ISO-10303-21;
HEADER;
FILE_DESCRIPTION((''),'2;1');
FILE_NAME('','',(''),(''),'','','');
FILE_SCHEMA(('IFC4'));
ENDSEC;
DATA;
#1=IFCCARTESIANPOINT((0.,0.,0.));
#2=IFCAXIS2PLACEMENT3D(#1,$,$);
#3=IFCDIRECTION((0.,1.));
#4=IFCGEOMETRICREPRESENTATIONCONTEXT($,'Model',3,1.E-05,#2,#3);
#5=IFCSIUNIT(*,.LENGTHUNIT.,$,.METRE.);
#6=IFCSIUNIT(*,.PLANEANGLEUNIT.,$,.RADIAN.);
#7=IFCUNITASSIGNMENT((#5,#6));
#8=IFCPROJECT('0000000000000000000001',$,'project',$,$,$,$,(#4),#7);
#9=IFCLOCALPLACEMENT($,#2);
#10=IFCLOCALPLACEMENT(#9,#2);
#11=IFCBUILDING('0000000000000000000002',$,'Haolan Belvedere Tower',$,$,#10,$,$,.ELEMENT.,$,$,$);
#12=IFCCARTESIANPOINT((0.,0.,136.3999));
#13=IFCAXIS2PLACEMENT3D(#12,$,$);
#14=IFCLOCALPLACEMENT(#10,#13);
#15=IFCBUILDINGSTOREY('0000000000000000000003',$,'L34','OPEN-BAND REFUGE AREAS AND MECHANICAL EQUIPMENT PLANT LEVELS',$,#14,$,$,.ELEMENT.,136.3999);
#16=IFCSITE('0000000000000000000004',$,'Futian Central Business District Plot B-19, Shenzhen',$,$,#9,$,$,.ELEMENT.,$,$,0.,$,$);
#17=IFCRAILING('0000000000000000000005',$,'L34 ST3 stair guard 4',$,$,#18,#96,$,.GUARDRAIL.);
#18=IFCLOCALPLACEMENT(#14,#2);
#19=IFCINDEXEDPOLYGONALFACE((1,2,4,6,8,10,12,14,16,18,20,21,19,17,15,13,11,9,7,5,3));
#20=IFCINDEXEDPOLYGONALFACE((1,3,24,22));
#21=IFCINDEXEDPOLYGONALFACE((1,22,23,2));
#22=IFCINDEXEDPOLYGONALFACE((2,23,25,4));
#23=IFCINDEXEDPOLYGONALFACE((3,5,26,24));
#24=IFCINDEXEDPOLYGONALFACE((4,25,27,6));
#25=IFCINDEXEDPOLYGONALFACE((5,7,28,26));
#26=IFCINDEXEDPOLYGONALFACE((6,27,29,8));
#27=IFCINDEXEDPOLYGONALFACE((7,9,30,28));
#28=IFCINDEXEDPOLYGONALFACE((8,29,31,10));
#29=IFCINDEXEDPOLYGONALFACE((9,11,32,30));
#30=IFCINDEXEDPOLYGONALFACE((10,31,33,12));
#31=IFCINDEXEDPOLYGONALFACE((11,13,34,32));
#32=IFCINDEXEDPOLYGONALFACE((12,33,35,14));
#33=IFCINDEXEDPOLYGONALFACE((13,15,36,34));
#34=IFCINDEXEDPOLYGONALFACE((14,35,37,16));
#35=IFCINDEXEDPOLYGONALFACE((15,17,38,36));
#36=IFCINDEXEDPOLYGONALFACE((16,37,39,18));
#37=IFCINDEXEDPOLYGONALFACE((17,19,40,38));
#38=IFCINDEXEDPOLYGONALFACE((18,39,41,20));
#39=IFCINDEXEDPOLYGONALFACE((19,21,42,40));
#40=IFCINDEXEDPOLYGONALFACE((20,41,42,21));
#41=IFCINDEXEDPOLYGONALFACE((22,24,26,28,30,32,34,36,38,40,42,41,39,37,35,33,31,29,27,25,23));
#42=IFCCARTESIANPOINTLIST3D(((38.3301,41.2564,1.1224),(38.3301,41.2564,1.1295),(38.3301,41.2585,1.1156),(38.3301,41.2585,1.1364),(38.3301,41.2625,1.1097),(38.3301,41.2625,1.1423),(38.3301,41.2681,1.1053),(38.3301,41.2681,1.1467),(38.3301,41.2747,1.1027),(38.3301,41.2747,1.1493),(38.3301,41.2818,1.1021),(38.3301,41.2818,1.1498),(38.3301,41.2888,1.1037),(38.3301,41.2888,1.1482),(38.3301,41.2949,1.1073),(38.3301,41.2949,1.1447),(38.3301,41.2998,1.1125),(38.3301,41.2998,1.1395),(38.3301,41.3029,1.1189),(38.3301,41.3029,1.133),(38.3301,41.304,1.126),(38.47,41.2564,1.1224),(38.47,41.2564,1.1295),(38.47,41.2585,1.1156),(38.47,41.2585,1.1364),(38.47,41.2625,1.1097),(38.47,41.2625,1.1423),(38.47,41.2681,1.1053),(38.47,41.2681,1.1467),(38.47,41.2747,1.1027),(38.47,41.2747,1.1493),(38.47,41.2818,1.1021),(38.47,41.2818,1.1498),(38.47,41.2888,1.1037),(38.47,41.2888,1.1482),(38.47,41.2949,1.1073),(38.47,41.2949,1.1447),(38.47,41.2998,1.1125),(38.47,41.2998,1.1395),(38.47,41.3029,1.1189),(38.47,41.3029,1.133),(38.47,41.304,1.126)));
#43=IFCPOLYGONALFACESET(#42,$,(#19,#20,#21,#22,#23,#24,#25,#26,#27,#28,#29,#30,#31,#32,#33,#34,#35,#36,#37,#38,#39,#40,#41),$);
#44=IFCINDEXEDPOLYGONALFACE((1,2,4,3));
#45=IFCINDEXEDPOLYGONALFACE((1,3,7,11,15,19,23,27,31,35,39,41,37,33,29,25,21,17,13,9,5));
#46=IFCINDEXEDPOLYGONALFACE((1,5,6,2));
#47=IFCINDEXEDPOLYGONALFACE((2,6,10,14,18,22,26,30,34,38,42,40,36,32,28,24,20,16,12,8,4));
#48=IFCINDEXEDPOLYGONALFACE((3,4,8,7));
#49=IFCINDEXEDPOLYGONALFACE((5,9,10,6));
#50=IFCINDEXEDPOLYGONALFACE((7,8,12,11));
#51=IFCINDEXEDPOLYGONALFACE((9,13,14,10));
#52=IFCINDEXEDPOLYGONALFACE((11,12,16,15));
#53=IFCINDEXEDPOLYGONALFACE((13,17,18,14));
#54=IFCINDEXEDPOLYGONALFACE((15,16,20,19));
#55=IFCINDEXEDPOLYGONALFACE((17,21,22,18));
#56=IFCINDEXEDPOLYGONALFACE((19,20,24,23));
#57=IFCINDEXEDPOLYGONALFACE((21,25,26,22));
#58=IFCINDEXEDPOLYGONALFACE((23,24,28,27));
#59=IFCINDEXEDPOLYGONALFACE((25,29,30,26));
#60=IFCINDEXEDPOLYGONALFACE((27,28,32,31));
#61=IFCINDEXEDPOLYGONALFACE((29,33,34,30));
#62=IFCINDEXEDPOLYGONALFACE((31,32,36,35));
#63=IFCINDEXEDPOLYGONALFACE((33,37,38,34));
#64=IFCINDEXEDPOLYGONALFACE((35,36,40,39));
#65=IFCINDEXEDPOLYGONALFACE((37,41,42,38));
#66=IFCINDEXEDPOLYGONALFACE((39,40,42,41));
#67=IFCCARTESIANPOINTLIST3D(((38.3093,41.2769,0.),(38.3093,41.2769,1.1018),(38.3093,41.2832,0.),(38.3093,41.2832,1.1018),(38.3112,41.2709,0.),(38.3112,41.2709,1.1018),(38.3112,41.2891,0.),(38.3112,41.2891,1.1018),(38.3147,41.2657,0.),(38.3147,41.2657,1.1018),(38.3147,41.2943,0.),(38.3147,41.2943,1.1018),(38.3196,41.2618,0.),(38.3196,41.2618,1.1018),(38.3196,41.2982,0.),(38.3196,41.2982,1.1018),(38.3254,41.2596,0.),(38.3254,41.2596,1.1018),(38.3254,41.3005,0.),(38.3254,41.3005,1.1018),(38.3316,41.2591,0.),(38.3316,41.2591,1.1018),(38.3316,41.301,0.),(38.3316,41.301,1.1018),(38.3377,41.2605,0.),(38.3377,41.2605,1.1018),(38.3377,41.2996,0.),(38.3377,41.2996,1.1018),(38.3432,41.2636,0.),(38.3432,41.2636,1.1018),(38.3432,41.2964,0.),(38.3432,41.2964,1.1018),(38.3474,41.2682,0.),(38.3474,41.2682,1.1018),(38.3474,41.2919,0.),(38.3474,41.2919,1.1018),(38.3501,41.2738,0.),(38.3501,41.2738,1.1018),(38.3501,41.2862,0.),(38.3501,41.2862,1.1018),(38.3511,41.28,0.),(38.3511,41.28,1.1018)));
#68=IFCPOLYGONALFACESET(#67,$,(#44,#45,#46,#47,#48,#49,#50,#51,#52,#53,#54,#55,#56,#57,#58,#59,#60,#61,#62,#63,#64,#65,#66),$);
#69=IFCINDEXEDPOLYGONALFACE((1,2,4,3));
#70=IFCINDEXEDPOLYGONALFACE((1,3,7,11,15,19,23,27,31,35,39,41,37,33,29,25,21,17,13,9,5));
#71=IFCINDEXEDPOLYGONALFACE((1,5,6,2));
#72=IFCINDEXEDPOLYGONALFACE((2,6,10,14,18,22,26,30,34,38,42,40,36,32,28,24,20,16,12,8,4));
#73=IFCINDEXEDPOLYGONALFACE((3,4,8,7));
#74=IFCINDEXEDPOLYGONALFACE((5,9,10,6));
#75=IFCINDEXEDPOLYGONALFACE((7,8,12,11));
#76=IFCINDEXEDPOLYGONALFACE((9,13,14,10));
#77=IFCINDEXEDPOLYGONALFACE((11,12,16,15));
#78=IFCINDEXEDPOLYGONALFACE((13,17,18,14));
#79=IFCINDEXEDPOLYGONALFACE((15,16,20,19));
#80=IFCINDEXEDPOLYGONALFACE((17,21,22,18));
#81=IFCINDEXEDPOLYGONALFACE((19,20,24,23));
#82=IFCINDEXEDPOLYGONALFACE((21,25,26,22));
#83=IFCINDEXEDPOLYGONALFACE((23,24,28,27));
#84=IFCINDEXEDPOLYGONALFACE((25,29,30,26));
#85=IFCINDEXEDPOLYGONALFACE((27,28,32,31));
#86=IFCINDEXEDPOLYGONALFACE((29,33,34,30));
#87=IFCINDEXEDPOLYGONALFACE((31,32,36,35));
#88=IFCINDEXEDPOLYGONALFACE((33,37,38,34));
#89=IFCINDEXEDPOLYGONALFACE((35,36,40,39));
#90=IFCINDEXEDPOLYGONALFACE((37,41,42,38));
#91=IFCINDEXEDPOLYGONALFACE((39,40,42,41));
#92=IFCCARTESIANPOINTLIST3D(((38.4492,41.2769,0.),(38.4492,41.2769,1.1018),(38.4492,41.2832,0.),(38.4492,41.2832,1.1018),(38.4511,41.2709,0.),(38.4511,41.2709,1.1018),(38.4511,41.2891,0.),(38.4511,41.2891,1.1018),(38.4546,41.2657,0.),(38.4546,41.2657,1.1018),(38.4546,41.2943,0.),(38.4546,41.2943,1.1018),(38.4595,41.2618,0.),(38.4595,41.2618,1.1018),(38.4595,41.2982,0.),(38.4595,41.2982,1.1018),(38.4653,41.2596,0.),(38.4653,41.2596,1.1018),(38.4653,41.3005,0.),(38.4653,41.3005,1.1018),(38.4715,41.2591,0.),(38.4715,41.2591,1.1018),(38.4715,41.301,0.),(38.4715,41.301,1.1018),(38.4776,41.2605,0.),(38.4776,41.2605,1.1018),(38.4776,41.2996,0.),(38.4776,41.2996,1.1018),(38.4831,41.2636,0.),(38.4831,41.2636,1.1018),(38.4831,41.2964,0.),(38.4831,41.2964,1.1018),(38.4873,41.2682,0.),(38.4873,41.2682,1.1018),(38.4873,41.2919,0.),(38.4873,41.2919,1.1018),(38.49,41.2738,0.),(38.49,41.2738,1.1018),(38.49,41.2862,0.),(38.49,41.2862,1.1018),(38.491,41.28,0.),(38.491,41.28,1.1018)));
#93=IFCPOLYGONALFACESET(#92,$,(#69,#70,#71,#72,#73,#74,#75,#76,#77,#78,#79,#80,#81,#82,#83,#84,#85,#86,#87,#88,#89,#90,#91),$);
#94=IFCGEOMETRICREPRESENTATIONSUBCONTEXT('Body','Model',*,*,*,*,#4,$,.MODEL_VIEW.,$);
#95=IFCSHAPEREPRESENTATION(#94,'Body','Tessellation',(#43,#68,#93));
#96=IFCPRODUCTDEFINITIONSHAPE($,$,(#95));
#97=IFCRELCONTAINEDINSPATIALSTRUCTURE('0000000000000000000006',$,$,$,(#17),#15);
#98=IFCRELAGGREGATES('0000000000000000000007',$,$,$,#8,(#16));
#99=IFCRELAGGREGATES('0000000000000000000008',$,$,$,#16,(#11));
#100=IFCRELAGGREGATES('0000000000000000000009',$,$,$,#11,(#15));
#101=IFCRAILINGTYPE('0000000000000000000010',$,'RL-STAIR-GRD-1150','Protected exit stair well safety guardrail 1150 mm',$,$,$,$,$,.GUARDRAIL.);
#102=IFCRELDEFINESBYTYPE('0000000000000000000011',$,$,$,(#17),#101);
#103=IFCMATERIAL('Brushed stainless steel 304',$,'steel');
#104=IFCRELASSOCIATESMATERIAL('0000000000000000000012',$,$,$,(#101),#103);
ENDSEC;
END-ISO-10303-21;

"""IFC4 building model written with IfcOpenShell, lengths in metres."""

from ifc_helpers import new_model, si_unit, direction, frame, origin, origin_2d, place, context, subcontext, project, spatial, circle, extrude, material, type_object, element, save


model = new_model("IFC4")

# Units and contexts
model_context = context("Model", 3, precision=1e-05, world=origin(), true_north=direction((0.0, 1.0)))
body_context = subcontext(model_context, "Body", "Model", "MODEL_VIEW")
ifc_project = project(units=[si_unit("LENGTHUNIT", "METRE"), si_unit("PLANEANGLEUNIT", "RADIAN")], contexts=[model_context])

# Site, building, storey
site_placement = place(None, origin())
site = spatial("IfcSite", under=ifc_project, at=site_placement, Name="Futian Central Business District Plot B-19, Shenzhen", CompositionType="ELEMENT", RefElevation=0.0)
building_placement = place(site_placement, origin())
building = spatial("IfcBuilding", under=site, at=building_placement, Name="Haolan Belvedere Tower", CompositionType="ELEMENT")
storey_placement = place(building_placement, frame((0.0, 0.0, 136.3999)))
storey = spatial("IfcBuildingStorey", under=building, at=storey_placement, Name="L34", Description="OPEN-BAND REFUGE AREAS AND MECHANICAL EQUIPMENT PLANT LEVELS", CompositionType="ELEMENT", Elevation=136.3999)

# Railing
ifc_material_1 = material(Name="Brushed stainless steel 304", Category="steel")
railing_type = type_object("IfcRailingType", Name="RL-STAIR-GRD-1150", Description="Protected exit stair well safety guardrail 1150 mm", PredefinedType="GUARDRAIL", material=ifc_material_1)
railing_1_placement = place(storey_placement, frame((38.3301, 41.28, 0.0)))
element("IfcRailing", 1, at=railing_1_placement, inside=storey, type_object=railing_type, Name="L34 ST3 stair guard 4", PredefinedType="GUARDRAIL", context=body_context, shape_type="SweptSolid", body=[
    extrude(circle(Radius=0.0239, at=origin_2d()), frame((0.0, 0.0, 1.126), z_axis=(1.0, 0.0, 0.0), x_axis=(0.0, 1.0, 0.0)), (0.0, 0.0, 1.0), 0.1399),
    extrude(circle(Radius=0.021, at=origin_2d()), origin(), (0.0, 0.0, 1.0), 1.1018),
    extrude(circle(Radius=0.021, at=origin_2d()), frame((0.1399, 0.0, 0.0)), (0.0, 0.0, 1.0), 1.1018),
])

save(model, "model.ifc")
